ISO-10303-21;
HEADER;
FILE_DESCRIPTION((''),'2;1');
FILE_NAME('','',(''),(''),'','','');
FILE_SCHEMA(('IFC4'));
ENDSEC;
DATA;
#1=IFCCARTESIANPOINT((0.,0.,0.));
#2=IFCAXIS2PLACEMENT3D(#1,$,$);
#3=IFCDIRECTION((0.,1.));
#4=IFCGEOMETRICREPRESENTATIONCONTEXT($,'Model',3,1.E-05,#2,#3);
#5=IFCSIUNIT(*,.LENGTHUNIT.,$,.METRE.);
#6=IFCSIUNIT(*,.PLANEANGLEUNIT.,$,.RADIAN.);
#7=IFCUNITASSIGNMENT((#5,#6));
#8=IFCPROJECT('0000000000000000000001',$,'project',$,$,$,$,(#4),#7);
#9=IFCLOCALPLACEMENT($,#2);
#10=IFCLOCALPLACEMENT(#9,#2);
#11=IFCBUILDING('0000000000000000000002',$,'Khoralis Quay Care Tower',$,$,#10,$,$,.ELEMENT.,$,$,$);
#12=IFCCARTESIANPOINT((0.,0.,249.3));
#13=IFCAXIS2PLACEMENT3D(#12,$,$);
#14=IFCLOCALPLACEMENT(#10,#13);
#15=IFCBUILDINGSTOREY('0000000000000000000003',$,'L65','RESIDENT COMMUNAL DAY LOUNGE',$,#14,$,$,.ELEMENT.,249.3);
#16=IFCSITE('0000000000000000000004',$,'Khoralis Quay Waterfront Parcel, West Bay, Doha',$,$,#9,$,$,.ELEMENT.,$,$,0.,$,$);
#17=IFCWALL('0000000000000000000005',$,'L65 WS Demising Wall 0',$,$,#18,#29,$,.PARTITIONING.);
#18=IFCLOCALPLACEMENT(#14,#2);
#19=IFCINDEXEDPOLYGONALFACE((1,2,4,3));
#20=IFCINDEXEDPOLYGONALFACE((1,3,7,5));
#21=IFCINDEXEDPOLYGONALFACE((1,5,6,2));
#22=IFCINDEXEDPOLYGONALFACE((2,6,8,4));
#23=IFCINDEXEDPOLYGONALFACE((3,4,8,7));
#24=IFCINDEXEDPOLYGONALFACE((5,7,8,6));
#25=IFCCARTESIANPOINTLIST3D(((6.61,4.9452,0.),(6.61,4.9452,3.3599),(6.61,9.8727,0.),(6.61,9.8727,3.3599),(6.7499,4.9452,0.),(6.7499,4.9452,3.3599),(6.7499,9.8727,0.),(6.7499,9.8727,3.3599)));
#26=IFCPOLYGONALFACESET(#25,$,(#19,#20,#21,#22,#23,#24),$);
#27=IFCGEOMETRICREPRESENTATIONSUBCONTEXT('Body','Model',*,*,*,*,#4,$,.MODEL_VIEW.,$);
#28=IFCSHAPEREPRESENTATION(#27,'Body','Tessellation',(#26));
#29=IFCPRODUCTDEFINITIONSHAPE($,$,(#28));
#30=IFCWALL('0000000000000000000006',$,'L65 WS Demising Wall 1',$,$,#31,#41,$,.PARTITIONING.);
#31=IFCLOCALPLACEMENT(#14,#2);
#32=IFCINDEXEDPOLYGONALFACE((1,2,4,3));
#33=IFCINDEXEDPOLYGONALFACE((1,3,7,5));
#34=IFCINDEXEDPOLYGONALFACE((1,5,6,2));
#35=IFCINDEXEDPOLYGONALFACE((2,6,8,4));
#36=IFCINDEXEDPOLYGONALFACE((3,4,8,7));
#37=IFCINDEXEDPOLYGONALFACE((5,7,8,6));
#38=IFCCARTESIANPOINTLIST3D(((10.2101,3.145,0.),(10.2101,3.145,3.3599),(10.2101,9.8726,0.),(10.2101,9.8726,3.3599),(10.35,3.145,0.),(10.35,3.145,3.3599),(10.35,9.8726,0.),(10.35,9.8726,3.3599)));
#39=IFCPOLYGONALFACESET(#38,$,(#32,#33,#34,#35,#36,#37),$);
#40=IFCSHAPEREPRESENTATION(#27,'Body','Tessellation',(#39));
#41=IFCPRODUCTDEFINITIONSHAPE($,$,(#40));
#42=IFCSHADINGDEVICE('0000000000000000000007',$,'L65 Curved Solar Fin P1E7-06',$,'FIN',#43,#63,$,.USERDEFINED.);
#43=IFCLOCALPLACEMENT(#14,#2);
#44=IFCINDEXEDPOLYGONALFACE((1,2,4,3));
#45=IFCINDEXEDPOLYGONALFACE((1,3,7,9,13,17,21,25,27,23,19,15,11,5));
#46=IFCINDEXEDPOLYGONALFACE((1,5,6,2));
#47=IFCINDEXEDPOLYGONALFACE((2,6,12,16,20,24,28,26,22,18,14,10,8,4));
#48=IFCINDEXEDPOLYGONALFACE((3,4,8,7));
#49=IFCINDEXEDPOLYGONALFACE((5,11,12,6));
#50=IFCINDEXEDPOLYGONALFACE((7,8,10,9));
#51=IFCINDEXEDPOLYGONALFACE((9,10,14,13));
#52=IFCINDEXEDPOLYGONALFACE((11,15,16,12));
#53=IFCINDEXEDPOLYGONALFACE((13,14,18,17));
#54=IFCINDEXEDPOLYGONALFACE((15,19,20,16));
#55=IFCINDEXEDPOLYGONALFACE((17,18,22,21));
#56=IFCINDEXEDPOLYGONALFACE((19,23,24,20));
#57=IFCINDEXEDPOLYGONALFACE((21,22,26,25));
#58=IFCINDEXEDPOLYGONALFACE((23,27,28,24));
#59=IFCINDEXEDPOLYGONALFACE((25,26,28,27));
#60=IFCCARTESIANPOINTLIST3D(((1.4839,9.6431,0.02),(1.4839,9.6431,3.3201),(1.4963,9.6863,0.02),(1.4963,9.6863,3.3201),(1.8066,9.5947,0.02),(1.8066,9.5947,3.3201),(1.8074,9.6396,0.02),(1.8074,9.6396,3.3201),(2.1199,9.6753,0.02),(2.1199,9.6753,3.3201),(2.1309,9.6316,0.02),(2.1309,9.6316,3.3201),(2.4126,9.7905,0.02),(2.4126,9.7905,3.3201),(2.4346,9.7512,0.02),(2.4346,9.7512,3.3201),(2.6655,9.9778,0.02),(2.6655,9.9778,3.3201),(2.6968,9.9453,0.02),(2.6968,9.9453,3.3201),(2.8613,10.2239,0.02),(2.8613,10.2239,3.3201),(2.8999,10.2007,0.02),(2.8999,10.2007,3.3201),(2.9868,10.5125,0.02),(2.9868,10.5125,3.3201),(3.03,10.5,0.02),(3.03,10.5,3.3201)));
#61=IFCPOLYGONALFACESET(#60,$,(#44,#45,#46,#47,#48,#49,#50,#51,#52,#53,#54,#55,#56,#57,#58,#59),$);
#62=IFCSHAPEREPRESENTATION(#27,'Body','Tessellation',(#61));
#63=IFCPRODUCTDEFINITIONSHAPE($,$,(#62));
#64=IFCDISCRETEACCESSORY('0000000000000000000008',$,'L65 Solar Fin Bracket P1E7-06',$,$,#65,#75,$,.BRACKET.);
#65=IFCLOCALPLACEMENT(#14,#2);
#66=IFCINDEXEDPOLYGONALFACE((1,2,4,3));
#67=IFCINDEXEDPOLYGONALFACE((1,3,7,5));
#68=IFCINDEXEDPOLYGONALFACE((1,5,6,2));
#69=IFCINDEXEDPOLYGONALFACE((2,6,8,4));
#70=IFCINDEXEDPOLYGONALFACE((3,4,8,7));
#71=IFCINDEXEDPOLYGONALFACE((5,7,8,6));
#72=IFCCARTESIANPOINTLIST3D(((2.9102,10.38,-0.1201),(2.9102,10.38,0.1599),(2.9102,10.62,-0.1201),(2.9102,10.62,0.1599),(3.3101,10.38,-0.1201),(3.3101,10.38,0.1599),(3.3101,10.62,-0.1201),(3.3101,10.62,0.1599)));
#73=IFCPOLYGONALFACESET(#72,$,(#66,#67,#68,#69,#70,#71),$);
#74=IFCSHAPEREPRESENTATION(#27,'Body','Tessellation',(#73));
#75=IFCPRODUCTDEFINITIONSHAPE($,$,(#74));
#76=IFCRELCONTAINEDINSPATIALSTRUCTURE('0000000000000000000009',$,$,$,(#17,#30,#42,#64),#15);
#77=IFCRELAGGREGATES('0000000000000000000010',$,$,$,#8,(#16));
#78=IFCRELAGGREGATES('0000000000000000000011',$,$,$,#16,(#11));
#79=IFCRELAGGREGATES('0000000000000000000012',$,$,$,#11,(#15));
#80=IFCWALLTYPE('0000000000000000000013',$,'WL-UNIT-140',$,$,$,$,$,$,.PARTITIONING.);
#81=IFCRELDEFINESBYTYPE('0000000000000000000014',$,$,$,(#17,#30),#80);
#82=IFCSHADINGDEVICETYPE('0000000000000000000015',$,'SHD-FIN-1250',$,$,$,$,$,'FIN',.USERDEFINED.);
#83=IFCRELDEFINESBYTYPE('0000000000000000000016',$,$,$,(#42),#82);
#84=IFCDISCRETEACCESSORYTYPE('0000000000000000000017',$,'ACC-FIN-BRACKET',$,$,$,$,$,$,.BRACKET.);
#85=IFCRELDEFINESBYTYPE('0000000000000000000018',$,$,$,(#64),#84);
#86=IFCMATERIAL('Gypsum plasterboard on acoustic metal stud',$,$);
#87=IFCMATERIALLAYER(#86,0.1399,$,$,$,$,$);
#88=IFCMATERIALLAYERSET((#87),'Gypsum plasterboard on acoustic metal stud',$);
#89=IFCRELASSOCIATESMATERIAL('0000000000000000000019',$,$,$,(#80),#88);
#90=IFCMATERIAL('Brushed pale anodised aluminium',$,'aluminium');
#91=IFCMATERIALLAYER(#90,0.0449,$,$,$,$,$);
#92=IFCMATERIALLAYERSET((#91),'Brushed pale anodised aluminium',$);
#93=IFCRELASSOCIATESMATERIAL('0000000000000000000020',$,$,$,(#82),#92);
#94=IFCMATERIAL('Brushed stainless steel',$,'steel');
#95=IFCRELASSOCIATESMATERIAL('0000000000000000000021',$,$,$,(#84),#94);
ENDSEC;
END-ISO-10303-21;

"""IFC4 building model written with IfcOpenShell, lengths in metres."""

from ifc_helpers import new_model, si_unit, direction, frame, frame_2d, origin, origin_2d, place, context, subcontext, project, spatial, polyline, rectangle, outline, extrude, source, transform, mapped, material, layer, layer_set, type_object, element, save


model = new_model("IFC4")

# Units and contexts
model_context = context("Model", 3, precision=1e-05, world=origin(), true_north=direction((0.0, 1.0)))
body_context = subcontext(model_context, "Body", "Model", "MODEL_VIEW")
ifc_project = project(units=[si_unit("LENGTHUNIT", "METRE"), si_unit("PLANEANGLEUNIT", "RADIAN")], contexts=[model_context])

# Site, building, storey
site_placement = place(None, origin())
site = spatial("IfcSite", under=ifc_project, at=site_placement, Name="Khoralis Quay Waterfront Parcel, West Bay, Doha", CompositionType="ELEMENT", RefElevation=0.0)
building_placement = place(site_placement, origin())
building = spatial("IfcBuilding", under=site, at=building_placement, Name="Khoralis Quay Care Tower", CompositionType="ELEMENT")
storey_placement = place(building_placement, frame((0.0, 0.0, 249.3)))
storey = spatial("IfcBuildingStorey", under=building, at=storey_placement, Name="L65", Description="RESIDENT COMMUNAL DAY LOUNGE", CompositionType="ELEMENT", Elevation=249.3)

# Shared definitions
ifc_material_1 = material(Name="Gypsum plasterboard on acoustic metal stud")

# Walls
ifc_layer_1 = layer(ifc_material_1, 0.1399)
ifc_layer_set_1 = layer_set([ifc_layer_1], Name="Gypsum plasterboard on acoustic metal stud")
wall_type_1 = type_object("IfcWallType", Name="WL-UNIT-140", PredefinedType="PARTITIONING", material=ifc_layer_set_1)
wall_1_placement = place(storey_placement, frame((6.6799, 4.9451, 0.0), z_axis=(0.0, 0.0, 1.0), x_axis=(0.0, 1.0, 0.0)))
element("IfcWall", 1, at=wall_1_placement, inside=storey, type_object=wall_type_1, Name="L65 WS Demising Wall 0", PredefinedType="PARTITIONING", context=body_context, shape_type="SweptSolid", body=[
    extrude(rectangle(XDim=4.9275, YDim=0.1399, at=frame_2d((2.4639, 0.0))), origin(), (0.0, 0.0, 1.0), 3.3599),
])
wall_2_placement = place(storey_placement, frame((10.28, 3.145, 0.0), z_axis=(0.0, 0.0, 1.0), x_axis=(0.0, 1.0, 0.0)))
element("IfcWall", 2, at=wall_2_placement, inside=storey, type_object=wall_type_1, Name="L65 WS Demising Wall 1", PredefinedType="PARTITIONING", context=body_context, shape_type="SweptSolid", body=[
    extrude(rectangle(XDim=6.7275, YDim=0.1399, at=frame_2d((3.3638, 0.0))), origin(), (0.0, 0.0, 1.0), 3.3599),
])

# Shading device
ifc_material_2 = material(Name="Brushed pale anodised aluminium", Category="aluminium")
ifc_layer_2 = layer(ifc_material_2, 0.0449)
ifc_layer_set_2 = layer_set([ifc_layer_2], Name="Brushed pale anodised aluminium")
shading_device_type = type_object("IfcShadingDeviceType", Name="SHD-FIN-1250", ElementType="FIN", PredefinedType="USERDEFINED", material=ifc_layer_set_2)
shared_shape_1 = source(origin(), body_context, "Body", "SweptSolid", [
    extrude(outline(polyline([(0.0, 0.0), (0.1301, 0.2993), (0.3333, 0.5547), (0.5955, 0.7488), (0.8992, 0.8684), (1.2234, 0.9053), (1.5461, 0.8569), (1.5337, 0.8137), (1.2227, 0.8604), (0.9102, 0.8247), (0.6174, 0.7095), (0.3645, 0.5222), (0.1687, 0.2761), (0.0432, -0.0125), (0.0, 0.0)])), origin(), (0.0, 0.0, 1.0), 3.3),
])
shading_device_placement = place(storey_placement, frame((3.03, 10.5, 0.02), z_axis=(0.0, 0.0, 1.0), x_axis=(-1.0, 0.0, 0.0)))
element("IfcShadingDevice", 3, at=shading_device_placement, inside=storey, type_object=shading_device_type, Name="L65 Curved Solar Fin P1E7-06", ObjectType="FIN", PredefinedType="USERDEFINED", context=body_context, shape_type="MappedRepresentation", body=[
    mapped(shared_shape_1, transform((0.0, 0.0, 0.0), scale=1.0)),
])

# Discrete accessory
ifc_material_3 = material(Name="Brushed stainless steel", Category="steel")
discrete_accessory_type = type_object("IfcDiscreteAccessoryType", Name="ACC-FIN-BRACKET", PredefinedType="BRACKET", material=ifc_material_3)
shared_shape_2 = source(origin(), body_context, "Body", "SweptSolid", [
    extrude(rectangle(XDim=0.3999, YDim=0.24, at=origin_2d()), origin(), (0.0, 0.0, 1.0), 0.28),
])
discrete_accessory_placement = place(storey_placement, frame((3.1101, 10.5, -0.1201), z_axis=(0.0, 0.0, 1.0), x_axis=(-1.0, 0.0, 0.0)))
element("IfcDiscreteAccessory", 4, at=discrete_accessory_placement, inside=storey, type_object=discrete_accessory_type, Name="L65 Solar Fin Bracket P1E7-06", PredefinedType="BRACKET", context=body_context, shape_type="MappedRepresentation", body=[
    mapped(shared_shape_2, transform((0.0, 0.0, 0.0), scale=1.0)),
])

save(model, "model.ifc")
